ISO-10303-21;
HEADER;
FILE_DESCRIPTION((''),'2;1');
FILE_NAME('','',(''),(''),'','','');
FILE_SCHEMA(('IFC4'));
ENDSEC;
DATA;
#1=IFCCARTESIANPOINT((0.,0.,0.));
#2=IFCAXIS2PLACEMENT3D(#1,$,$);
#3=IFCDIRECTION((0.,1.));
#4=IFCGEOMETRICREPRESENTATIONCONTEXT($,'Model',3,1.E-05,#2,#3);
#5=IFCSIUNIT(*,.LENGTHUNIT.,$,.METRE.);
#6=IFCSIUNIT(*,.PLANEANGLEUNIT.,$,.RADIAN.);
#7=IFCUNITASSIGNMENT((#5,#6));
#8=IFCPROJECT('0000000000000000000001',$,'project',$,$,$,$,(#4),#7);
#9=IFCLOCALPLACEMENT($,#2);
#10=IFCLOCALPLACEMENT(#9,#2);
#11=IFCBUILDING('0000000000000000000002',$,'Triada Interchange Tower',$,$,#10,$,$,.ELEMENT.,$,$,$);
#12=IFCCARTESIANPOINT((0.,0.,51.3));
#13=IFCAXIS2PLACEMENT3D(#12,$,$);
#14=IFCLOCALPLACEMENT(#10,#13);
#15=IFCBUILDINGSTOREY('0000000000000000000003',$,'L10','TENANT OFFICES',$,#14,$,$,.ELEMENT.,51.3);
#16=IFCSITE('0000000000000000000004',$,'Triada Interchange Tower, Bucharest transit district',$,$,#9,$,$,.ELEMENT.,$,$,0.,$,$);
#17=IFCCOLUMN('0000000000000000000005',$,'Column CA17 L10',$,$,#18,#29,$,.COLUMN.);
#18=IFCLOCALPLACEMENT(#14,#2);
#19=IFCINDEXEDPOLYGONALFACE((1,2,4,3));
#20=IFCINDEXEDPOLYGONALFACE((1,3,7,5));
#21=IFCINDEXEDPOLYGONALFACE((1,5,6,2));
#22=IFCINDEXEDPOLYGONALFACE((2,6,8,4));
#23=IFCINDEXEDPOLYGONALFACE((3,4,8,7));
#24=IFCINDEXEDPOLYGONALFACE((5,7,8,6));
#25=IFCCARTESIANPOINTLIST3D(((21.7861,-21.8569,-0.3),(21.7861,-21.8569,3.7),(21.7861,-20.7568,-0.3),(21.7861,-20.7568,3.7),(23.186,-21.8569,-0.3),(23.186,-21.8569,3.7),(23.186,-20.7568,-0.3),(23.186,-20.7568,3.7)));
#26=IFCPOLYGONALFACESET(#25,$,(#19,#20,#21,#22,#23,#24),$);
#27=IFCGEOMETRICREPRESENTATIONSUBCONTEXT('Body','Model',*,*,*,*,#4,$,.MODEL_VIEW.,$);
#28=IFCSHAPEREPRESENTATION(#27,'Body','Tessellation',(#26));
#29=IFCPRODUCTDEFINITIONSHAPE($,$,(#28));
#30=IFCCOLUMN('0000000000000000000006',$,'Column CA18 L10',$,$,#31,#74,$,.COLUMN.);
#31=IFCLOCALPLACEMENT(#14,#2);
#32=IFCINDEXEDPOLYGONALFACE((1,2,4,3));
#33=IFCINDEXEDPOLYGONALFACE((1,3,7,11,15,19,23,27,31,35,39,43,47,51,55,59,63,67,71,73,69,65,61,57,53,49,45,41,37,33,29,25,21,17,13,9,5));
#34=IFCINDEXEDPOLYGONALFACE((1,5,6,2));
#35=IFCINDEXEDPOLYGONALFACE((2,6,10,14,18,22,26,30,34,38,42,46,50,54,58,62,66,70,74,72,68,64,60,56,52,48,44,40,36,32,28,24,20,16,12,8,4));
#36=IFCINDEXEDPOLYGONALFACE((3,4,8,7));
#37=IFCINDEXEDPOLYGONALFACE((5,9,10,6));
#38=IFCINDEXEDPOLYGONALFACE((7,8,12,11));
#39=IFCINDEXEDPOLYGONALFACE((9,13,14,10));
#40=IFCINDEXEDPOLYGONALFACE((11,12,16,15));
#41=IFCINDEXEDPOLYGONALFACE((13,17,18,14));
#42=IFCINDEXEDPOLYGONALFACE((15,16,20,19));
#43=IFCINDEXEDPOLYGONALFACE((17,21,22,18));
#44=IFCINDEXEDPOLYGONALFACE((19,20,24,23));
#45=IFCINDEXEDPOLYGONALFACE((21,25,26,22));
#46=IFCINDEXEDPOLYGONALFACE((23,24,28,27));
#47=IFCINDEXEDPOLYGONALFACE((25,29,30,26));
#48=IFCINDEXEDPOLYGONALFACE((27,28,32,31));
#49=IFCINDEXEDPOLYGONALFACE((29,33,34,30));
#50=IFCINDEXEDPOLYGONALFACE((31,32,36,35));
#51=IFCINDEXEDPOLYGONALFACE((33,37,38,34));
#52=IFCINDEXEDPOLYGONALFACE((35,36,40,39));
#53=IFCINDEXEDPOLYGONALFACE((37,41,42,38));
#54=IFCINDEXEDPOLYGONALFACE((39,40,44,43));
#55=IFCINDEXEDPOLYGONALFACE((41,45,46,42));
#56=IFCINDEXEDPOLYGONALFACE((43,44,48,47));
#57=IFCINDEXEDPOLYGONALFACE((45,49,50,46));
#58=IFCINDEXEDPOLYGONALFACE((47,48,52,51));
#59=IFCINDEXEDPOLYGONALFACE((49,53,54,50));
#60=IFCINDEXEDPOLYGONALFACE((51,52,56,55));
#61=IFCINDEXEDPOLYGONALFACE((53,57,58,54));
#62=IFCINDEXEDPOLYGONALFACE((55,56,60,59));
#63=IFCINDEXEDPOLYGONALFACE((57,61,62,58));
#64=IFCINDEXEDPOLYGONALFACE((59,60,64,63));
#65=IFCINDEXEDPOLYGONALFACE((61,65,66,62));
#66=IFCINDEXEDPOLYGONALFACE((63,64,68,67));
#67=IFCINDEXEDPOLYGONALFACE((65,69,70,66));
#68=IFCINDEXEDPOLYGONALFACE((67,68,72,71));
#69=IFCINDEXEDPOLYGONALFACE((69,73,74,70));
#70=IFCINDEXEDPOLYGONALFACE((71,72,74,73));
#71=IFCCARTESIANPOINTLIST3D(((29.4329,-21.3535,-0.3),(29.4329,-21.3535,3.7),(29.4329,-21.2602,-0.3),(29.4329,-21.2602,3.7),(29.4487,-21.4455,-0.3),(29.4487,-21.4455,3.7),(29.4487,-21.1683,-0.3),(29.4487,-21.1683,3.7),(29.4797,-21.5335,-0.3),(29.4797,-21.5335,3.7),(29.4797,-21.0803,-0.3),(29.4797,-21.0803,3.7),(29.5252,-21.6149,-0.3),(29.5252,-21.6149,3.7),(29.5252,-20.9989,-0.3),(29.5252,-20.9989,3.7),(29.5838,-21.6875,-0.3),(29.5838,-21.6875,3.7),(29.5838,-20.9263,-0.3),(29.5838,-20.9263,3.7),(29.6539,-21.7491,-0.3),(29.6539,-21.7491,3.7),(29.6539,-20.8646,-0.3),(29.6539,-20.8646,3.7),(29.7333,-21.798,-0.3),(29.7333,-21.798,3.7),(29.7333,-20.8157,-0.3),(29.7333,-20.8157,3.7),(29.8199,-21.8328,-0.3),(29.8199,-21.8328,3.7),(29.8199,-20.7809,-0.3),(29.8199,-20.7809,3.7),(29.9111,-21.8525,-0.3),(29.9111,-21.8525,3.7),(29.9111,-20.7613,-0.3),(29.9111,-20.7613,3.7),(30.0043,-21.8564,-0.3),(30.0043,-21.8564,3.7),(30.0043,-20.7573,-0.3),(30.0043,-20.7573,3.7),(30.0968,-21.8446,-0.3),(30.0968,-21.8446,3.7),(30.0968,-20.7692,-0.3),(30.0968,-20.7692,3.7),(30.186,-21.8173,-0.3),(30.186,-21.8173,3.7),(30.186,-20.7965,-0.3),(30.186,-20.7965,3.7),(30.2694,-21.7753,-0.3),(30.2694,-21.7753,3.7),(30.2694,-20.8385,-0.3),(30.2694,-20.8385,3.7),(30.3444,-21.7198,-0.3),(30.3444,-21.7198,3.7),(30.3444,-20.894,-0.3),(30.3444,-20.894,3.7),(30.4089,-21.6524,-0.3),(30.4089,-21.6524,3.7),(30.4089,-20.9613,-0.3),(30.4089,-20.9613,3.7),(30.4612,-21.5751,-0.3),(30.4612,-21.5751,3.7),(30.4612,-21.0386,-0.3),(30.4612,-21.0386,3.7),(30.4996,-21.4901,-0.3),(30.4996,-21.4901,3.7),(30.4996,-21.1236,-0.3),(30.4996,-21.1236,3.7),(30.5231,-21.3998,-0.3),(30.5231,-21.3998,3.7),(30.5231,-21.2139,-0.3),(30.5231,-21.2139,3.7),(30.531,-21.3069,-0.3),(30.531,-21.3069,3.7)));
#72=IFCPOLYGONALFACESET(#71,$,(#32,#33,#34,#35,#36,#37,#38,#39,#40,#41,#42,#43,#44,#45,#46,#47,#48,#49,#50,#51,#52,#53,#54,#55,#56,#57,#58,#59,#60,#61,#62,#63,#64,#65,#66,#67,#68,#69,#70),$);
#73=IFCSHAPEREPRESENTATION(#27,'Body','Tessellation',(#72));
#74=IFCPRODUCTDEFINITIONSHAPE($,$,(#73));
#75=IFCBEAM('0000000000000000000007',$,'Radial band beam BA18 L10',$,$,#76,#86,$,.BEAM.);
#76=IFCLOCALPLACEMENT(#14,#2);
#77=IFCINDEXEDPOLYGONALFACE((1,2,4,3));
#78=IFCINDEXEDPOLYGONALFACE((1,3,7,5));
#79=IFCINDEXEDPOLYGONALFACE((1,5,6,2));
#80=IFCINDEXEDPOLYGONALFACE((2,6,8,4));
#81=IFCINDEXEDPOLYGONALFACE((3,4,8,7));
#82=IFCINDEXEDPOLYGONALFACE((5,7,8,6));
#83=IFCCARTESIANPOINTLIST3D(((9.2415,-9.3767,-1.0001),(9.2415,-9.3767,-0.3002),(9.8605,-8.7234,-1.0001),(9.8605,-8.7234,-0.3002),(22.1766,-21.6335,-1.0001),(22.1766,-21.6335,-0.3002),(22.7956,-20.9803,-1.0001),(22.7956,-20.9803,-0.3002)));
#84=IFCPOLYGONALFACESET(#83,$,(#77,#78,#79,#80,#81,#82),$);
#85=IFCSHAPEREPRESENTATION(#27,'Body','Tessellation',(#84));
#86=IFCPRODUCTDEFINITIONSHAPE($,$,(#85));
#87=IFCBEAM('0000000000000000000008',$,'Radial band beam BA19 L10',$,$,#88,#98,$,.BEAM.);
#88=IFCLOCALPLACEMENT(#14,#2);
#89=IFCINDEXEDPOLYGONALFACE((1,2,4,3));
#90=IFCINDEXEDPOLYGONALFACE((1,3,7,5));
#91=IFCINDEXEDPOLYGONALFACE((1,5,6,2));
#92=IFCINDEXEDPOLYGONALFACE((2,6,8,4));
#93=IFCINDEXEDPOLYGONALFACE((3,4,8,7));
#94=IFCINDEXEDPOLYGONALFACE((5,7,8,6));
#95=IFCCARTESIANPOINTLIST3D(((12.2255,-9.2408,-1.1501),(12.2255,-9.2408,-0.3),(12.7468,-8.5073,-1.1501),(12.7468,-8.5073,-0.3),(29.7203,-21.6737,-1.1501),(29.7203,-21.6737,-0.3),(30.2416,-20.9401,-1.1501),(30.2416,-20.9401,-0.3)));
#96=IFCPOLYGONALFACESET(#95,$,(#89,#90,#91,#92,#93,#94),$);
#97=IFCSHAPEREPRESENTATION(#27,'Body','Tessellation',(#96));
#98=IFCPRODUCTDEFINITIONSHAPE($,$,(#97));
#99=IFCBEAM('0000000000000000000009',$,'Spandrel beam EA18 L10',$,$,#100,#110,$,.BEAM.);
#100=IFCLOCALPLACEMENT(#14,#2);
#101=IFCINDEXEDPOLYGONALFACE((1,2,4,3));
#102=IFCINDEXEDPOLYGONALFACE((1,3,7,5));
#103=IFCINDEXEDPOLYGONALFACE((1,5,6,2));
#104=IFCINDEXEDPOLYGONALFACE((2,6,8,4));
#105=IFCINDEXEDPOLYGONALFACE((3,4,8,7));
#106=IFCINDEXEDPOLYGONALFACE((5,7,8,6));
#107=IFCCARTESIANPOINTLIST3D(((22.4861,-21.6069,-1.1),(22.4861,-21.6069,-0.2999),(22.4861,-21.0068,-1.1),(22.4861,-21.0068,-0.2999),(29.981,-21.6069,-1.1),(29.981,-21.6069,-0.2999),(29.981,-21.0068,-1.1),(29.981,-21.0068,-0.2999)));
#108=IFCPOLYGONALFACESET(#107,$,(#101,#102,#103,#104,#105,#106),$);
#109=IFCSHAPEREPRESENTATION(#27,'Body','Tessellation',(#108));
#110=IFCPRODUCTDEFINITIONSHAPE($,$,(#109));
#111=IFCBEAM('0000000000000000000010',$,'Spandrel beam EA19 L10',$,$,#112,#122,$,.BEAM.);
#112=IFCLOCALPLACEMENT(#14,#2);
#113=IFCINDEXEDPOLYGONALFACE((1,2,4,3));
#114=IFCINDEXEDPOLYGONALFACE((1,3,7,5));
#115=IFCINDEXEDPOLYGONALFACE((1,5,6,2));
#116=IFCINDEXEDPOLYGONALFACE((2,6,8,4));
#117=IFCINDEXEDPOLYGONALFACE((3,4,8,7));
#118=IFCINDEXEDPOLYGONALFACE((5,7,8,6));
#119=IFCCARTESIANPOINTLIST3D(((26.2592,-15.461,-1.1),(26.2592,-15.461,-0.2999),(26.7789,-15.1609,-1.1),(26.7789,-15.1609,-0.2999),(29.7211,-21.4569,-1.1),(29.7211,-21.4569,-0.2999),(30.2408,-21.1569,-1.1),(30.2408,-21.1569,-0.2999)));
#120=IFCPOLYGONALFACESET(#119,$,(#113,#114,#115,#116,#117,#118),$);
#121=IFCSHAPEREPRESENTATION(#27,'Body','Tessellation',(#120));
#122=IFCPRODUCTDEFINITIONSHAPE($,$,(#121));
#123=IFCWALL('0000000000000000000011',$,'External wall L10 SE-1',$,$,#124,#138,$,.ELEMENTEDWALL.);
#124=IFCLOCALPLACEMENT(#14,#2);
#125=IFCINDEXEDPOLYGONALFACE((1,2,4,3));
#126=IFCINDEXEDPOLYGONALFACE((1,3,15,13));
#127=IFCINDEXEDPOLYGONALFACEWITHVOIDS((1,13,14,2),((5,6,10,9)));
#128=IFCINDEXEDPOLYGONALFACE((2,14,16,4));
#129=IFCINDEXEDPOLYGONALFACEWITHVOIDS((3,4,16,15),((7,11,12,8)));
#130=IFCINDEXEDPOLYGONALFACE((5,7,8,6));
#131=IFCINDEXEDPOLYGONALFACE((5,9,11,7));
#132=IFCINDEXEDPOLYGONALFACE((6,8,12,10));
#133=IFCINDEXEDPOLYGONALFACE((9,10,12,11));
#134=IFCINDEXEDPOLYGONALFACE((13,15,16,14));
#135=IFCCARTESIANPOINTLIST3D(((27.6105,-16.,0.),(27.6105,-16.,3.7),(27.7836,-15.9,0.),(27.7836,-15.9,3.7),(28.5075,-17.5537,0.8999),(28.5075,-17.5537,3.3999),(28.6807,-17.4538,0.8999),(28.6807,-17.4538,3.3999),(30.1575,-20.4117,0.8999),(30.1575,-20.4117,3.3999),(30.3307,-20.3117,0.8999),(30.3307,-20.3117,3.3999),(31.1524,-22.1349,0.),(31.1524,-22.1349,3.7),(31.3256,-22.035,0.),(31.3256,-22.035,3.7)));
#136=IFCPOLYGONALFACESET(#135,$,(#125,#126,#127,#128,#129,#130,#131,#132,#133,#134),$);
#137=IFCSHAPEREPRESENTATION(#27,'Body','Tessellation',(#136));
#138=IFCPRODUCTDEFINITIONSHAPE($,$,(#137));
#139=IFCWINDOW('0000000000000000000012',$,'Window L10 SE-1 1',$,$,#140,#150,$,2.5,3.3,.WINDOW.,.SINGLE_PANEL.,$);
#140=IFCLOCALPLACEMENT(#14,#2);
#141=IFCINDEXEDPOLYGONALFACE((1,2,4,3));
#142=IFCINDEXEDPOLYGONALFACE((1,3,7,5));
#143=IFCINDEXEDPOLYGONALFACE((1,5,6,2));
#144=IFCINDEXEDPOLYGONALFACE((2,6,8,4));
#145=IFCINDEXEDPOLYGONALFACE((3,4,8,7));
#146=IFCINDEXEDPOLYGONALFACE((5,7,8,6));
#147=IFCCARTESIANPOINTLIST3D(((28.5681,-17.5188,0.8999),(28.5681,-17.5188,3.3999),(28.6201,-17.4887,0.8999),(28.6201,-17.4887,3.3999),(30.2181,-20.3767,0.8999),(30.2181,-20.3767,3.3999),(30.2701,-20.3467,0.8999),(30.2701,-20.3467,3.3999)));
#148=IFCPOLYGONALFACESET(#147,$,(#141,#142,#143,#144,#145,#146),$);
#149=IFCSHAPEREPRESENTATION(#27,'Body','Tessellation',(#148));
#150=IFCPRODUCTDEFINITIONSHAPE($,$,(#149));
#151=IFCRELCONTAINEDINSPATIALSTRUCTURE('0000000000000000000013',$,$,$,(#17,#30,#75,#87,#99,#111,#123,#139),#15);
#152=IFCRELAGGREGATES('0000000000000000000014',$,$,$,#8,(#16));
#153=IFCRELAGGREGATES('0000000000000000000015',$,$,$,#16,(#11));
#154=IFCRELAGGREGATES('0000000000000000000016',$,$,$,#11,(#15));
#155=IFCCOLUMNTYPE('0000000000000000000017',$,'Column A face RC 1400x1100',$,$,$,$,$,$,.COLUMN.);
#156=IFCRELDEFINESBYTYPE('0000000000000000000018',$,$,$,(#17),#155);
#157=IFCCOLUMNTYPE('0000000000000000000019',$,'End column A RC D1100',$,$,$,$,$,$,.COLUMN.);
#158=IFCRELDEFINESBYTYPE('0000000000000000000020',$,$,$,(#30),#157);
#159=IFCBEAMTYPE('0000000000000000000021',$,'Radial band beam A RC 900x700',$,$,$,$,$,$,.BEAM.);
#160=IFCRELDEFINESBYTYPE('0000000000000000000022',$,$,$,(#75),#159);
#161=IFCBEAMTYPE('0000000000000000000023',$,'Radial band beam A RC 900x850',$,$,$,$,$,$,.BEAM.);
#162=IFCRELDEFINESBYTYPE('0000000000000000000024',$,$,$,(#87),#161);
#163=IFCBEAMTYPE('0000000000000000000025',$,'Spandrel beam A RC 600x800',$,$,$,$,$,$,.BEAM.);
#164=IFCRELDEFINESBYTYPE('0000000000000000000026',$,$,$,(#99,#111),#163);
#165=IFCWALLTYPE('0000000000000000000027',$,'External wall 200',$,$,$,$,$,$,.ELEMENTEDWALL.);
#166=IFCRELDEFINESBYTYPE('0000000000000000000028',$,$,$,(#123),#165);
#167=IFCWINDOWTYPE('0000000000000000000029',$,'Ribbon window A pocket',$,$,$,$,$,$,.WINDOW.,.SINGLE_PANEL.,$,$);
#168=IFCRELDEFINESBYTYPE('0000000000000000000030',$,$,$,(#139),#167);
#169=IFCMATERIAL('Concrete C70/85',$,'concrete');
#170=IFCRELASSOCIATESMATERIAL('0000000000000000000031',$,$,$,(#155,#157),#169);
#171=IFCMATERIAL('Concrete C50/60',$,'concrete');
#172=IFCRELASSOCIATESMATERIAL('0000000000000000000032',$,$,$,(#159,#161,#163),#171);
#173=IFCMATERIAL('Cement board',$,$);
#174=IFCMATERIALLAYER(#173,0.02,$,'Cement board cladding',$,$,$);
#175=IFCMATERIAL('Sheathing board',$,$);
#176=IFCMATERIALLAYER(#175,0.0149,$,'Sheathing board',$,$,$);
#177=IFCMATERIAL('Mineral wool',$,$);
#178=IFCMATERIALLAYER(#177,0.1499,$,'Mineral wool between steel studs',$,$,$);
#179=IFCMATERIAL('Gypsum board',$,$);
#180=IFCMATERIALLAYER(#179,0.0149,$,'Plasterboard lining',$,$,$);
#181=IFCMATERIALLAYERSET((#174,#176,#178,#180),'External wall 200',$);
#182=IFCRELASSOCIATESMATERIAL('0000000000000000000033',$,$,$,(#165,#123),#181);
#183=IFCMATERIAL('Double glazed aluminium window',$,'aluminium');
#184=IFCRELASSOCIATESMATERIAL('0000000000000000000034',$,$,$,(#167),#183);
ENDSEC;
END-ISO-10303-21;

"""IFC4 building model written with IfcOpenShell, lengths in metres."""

from ifc_helpers import new_model, si_unit, direction, frame, frame_2d, origin, origin_2d, place, context, subcontext, project, spatial, rectangle, circle, extrude, material, layer, layer_set, layer_usage, material_profile, profile_set, type_object, element, fill, save


model = new_model("IFC4")

# Units and contexts
model_context = context("Model", 3, precision=1e-05, world=origin(), true_north=direction((0.0, 1.0)))
body_context = subcontext(model_context, "Body", "Model", "MODEL_VIEW")
ifc_project = project(units=[si_unit("LENGTHUNIT", "METRE"), si_unit("PLANEANGLEUNIT", "RADIAN")], contexts=[model_context])

# Site, building, storey
site_placement = place(None, origin())
site = spatial("IfcSite", under=ifc_project, at=site_placement, Name="Triada Interchange Tower, Bucharest transit district", CompositionType="ELEMENT", RefElevation=0.0)
building_placement = place(site_placement, origin())
building = spatial("IfcBuilding", under=site, at=building_placement, Name="Triada Interchange Tower", CompositionType="ELEMENT")
storey_placement = place(building_placement, frame((0.0, 0.0, 51.3)))
storey = spatial("IfcBuildingStorey", under=building, at=storey_placement, Name="L10", Description="TENANT OFFICES", CompositionType="ELEMENT", Elevation=51.3)

# Columns
ifc_material_1 = material(Name="Concrete C70/85", Category="concrete")
ifc_material_profile_1 = material_profile(ifc_material_1, rectangle(XDim=1.3999, YDim=1.1001, at=origin_2d()), Name="RC 1400x1100")
ifc_profile_set_1 = profile_set([ifc_material_profile_1], Name="Concrete C70/85")
column_type_1 = type_object("IfcColumnType", Name="Column A face RC 1400x1100", PredefinedType="COLUMN", material=ifc_profile_set_1)
column_1_placement = place(storey_placement, frame((22.4861, -21.3069, -0.3), z_axis=(0.0, 0.0, 1.0), x_axis=(1.0, 0.0, 0.0)))
element("IfcColumn", 1, at=column_1_placement, inside=storey, type_object=column_type_1, Name="Column CA17 L10", PredefinedType="COLUMN", context=body_context, shape_type="SweptSolid", body=[
    extrude(rectangle(XDim=1.3999, YDim=1.1001, at=origin_2d()), origin(), (0.0, 0.0, 1.0), 4.0),
])
ifc_material_profile_2 = material_profile(ifc_material_1, circle(Radius=0.55, at=origin_2d()), Name="RC D1100")
ifc_profile_set_2 = profile_set([ifc_material_profile_2], Name="Concrete C70/85")
column_type_2 = type_object("IfcColumnType", Name="End column A RC D1100", PredefinedType="COLUMN", material=ifc_profile_set_2)
column_2_placement = place(storey_placement, frame((29.981, -21.3069, -0.3), z_axis=(0.0, 0.0, 1.0), x_axis=(1.0, 0.0, 0.0)))
element("IfcColumn", 2, at=column_2_placement, inside=storey, type_object=column_type_2, Name="Column CA18 L10", PredefinedType="COLUMN", context=body_context, shape_type="SweptSolid", body=[
    extrude(circle(Radius=0.55, at=origin_2d()), origin(), (0.0, 0.0, 1.0), 4.0),
])

# Beams
ifc_material_2 = material(Name="Concrete C50/60", Category="concrete")
ifc_material_profile_3 = material_profile(ifc_material_2, rectangle(XDim=0.8999, YDim=0.7, at=origin_2d()), Name="RC 900x700")
ifc_profile_set_3 = profile_set([ifc_material_profile_3], Name="Concrete C50/60")
beam_type_1 = type_object("IfcBeamType", Name="Radial band beam A RC 900x700", PredefinedType="BEAM", material=ifc_profile_set_3)
beam_1_placement = place(storey_placement, frame((22.4861, -21.3069, -0.6501), z_axis=(-0.725881, 0.687821, 0.0), x_axis=(-0.687821, -0.725881, 0.0)))
element("IfcBeam", 3, at=beam_1_placement, inside=storey, type_object=beam_type_1, Name="Radial band beam BA18 L10", PredefinedType="BEAM", context=body_context, shape_type="SweptSolid", body=[
    extrude(rectangle(XDim=0.8999, YDim=0.7, at=origin_2d()), origin(), (0.0, 0.0, 1.0), 17.8198),
])
ifc_material_profile_4 = material_profile(ifc_material_2, rectangle(XDim=0.8999, YDim=0.8501, at=origin_2d()), Name="RC 900x850")
ifc_profile_set_4 = profile_set([ifc_material_profile_4], Name="Concrete C50/60")
beam_type_2 = type_object("IfcBeamType", Name="Radial band beam A RC 900x850", PredefinedType="BEAM", material=ifc_profile_set_4)
beam_2_placement = place(storey_placement, frame((29.981, -21.3069, -0.7251), z_axis=(-0.81513, 0.579278, 0.0), x_axis=(-0.579278, -0.81513, 0.0)))
element("IfcBeam", 4, at=beam_2_placement, inside=storey, type_object=beam_type_2, Name="Radial band beam BA19 L10", PredefinedType="BEAM", context=body_context, shape_type="SweptSolid", body=[
    extrude(rectangle(XDim=0.8999, YDim=0.8501, at=origin_2d()), origin(), (0.0, 0.0, 1.0), 21.4626),
])
ifc_material_profile_5 = material_profile(ifc_material_2, rectangle(XDim=0.6001, YDim=0.8, at=origin_2d()), Name="RC 600x800")
ifc_profile_set_5 = profile_set([ifc_material_profile_5], Name="Concrete C50/60")
beam_type_3 = type_object("IfcBeamType", Name="Spandrel beam A RC 600x800", PredefinedType="BEAM", material=ifc_profile_set_5)
beam_3_placement = place(storey_placement, frame((22.4861, -21.3069, -0.7), z_axis=(1.0, 0.0, 0.0), x_axis=(0.0, 1.0, 0.0)))
element("IfcBeam", 5, at=beam_3_placement, inside=storey, type_object=beam_type_3, Name="Spandrel beam EA18 L10", PredefinedType="BEAM", context=body_context, shape_type="SweptSolid", body=[
    extrude(rectangle(XDim=0.6001, YDim=0.8, at=origin_2d()), origin(), (0.0, 0.0, 1.0), 7.4949),
])
beam_4_placement = place(storey_placement, frame((29.981, -21.3069, -0.7), z_axis=(-0.500023, 0.866012, 0.0), x_axis=(-0.866012, -0.500023, 0.0)))
element("IfcBeam", 6, at=beam_4_placement, inside=storey, type_object=beam_type_3, Name="Spandrel beam EA19 L10", PredefinedType="BEAM", context=body_context, shape_type="SweptSolid", body=[
    extrude(rectangle(XDim=0.6001, YDim=0.8, at=origin_2d()), origin(), (0.0, 0.0, 1.0), 6.9236),
])

# Wall, opening, window
ifc_material_3 = material(Name="Cement board")
ifc_layer_1 = layer(ifc_material_3, 0.02, Name="Cement board cladding")
ifc_material_4 = material(Name="Sheathing board")
ifc_layer_2 = layer(ifc_material_4, 0.0149, Name="Sheathing board")
ifc_material_5 = material(Name="Mineral wool")
ifc_layer_3 = layer(ifc_material_5, 0.1499, Name="Mineral wool between steel studs")
ifc_material_6 = material(Name="Gypsum board")
ifc_layer_4 = layer(ifc_material_6, 0.0149, Name="Plasterboard lining")
ifc_layer_set_1 = layer_set([ifc_layer_1, ifc_layer_2, ifc_layer_3, ifc_layer_4], Name="External wall 200")
ifc_layer_usage = layer_usage(ifc_layer_set_1, "AXIS2", "POSITIVE", -0.1001)
wall_type_1 = type_object("IfcWallType", Name="External wall 200", PredefinedType="ELEMENTEDWALL", material=ifc_layer_set_1)
wall_1_placement = place(storey_placement, frame((31.239, -22.085, 0.0), z_axis=(0.0, 0.0, 1.0), x_axis=(-0.499994, 0.866029, 0.0)))
wall_1 = element("IfcWall", 7, at=wall_1_placement, inside=storey, type_object=wall_type_1, material=ifc_layer_usage, Name="External wall L10 SE-1", PredefinedType="ELEMENTEDWALL", context=body_context, shape_type="SweptSolid", body=[
    extrude(rectangle(XDim=7.084, YDim=0.2, at=frame_2d((3.542, 0.0))), origin(), (0.0, 0.0, 1.0), 3.7),
])
opening_1_placement = place(wall_1_placement, frame((1.99, 0.0, 0.8999)))
opening_1 = element("IfcOpeningElement", 8, at=opening_1_placement, cuts=wall_1, PredefinedType="OPENING", context=body_context, shape_type="SweptSolid", body=[
    extrude(rectangle(XDim=3.3, YDim=2.5, at=frame_2d((1.6499, 1.25))), frame((0.0, 0.1099, 0.0), z_axis=(0.0, -1.0, 0.0), x_axis=(1.0, 0.0, 0.0)), (0.0, 0.0, 1.0), 0.22),
])
ifc_material_7 = material(Name="Double glazed aluminium window", Category="aluminium")
window_type_1 = type_object("IfcWindowType", Name="Ribbon window A pocket", PartitioningType="SINGLE_PANEL", PredefinedType="WINDOW", material=ifc_material_7)
window_1_placement = place(opening_1_placement, origin())
window_1 = element("IfcWindow", 9, at=window_1_placement, inside=storey, type_object=window_type_1, Name="Window L10 SE-1 1", OverallHeight=2.5, OverallWidth=3.3, PartitioningType="SINGLE_PANEL", PredefinedType="WINDOW", context=body_context, shape_type="SweptSolid", body=[
    extrude(rectangle(XDim=3.3, YDim=2.5, at=frame_2d((1.6499, 1.25))), frame((0.0, 0.03, 0.0), z_axis=(0.0, -1.0, 0.0), x_axis=(1.0, 0.0, 0.0)), (0.0, 0.0, 1.0), 0.0601),
])
fill(opening_1, window_1)

save(model, "model.ifc")
